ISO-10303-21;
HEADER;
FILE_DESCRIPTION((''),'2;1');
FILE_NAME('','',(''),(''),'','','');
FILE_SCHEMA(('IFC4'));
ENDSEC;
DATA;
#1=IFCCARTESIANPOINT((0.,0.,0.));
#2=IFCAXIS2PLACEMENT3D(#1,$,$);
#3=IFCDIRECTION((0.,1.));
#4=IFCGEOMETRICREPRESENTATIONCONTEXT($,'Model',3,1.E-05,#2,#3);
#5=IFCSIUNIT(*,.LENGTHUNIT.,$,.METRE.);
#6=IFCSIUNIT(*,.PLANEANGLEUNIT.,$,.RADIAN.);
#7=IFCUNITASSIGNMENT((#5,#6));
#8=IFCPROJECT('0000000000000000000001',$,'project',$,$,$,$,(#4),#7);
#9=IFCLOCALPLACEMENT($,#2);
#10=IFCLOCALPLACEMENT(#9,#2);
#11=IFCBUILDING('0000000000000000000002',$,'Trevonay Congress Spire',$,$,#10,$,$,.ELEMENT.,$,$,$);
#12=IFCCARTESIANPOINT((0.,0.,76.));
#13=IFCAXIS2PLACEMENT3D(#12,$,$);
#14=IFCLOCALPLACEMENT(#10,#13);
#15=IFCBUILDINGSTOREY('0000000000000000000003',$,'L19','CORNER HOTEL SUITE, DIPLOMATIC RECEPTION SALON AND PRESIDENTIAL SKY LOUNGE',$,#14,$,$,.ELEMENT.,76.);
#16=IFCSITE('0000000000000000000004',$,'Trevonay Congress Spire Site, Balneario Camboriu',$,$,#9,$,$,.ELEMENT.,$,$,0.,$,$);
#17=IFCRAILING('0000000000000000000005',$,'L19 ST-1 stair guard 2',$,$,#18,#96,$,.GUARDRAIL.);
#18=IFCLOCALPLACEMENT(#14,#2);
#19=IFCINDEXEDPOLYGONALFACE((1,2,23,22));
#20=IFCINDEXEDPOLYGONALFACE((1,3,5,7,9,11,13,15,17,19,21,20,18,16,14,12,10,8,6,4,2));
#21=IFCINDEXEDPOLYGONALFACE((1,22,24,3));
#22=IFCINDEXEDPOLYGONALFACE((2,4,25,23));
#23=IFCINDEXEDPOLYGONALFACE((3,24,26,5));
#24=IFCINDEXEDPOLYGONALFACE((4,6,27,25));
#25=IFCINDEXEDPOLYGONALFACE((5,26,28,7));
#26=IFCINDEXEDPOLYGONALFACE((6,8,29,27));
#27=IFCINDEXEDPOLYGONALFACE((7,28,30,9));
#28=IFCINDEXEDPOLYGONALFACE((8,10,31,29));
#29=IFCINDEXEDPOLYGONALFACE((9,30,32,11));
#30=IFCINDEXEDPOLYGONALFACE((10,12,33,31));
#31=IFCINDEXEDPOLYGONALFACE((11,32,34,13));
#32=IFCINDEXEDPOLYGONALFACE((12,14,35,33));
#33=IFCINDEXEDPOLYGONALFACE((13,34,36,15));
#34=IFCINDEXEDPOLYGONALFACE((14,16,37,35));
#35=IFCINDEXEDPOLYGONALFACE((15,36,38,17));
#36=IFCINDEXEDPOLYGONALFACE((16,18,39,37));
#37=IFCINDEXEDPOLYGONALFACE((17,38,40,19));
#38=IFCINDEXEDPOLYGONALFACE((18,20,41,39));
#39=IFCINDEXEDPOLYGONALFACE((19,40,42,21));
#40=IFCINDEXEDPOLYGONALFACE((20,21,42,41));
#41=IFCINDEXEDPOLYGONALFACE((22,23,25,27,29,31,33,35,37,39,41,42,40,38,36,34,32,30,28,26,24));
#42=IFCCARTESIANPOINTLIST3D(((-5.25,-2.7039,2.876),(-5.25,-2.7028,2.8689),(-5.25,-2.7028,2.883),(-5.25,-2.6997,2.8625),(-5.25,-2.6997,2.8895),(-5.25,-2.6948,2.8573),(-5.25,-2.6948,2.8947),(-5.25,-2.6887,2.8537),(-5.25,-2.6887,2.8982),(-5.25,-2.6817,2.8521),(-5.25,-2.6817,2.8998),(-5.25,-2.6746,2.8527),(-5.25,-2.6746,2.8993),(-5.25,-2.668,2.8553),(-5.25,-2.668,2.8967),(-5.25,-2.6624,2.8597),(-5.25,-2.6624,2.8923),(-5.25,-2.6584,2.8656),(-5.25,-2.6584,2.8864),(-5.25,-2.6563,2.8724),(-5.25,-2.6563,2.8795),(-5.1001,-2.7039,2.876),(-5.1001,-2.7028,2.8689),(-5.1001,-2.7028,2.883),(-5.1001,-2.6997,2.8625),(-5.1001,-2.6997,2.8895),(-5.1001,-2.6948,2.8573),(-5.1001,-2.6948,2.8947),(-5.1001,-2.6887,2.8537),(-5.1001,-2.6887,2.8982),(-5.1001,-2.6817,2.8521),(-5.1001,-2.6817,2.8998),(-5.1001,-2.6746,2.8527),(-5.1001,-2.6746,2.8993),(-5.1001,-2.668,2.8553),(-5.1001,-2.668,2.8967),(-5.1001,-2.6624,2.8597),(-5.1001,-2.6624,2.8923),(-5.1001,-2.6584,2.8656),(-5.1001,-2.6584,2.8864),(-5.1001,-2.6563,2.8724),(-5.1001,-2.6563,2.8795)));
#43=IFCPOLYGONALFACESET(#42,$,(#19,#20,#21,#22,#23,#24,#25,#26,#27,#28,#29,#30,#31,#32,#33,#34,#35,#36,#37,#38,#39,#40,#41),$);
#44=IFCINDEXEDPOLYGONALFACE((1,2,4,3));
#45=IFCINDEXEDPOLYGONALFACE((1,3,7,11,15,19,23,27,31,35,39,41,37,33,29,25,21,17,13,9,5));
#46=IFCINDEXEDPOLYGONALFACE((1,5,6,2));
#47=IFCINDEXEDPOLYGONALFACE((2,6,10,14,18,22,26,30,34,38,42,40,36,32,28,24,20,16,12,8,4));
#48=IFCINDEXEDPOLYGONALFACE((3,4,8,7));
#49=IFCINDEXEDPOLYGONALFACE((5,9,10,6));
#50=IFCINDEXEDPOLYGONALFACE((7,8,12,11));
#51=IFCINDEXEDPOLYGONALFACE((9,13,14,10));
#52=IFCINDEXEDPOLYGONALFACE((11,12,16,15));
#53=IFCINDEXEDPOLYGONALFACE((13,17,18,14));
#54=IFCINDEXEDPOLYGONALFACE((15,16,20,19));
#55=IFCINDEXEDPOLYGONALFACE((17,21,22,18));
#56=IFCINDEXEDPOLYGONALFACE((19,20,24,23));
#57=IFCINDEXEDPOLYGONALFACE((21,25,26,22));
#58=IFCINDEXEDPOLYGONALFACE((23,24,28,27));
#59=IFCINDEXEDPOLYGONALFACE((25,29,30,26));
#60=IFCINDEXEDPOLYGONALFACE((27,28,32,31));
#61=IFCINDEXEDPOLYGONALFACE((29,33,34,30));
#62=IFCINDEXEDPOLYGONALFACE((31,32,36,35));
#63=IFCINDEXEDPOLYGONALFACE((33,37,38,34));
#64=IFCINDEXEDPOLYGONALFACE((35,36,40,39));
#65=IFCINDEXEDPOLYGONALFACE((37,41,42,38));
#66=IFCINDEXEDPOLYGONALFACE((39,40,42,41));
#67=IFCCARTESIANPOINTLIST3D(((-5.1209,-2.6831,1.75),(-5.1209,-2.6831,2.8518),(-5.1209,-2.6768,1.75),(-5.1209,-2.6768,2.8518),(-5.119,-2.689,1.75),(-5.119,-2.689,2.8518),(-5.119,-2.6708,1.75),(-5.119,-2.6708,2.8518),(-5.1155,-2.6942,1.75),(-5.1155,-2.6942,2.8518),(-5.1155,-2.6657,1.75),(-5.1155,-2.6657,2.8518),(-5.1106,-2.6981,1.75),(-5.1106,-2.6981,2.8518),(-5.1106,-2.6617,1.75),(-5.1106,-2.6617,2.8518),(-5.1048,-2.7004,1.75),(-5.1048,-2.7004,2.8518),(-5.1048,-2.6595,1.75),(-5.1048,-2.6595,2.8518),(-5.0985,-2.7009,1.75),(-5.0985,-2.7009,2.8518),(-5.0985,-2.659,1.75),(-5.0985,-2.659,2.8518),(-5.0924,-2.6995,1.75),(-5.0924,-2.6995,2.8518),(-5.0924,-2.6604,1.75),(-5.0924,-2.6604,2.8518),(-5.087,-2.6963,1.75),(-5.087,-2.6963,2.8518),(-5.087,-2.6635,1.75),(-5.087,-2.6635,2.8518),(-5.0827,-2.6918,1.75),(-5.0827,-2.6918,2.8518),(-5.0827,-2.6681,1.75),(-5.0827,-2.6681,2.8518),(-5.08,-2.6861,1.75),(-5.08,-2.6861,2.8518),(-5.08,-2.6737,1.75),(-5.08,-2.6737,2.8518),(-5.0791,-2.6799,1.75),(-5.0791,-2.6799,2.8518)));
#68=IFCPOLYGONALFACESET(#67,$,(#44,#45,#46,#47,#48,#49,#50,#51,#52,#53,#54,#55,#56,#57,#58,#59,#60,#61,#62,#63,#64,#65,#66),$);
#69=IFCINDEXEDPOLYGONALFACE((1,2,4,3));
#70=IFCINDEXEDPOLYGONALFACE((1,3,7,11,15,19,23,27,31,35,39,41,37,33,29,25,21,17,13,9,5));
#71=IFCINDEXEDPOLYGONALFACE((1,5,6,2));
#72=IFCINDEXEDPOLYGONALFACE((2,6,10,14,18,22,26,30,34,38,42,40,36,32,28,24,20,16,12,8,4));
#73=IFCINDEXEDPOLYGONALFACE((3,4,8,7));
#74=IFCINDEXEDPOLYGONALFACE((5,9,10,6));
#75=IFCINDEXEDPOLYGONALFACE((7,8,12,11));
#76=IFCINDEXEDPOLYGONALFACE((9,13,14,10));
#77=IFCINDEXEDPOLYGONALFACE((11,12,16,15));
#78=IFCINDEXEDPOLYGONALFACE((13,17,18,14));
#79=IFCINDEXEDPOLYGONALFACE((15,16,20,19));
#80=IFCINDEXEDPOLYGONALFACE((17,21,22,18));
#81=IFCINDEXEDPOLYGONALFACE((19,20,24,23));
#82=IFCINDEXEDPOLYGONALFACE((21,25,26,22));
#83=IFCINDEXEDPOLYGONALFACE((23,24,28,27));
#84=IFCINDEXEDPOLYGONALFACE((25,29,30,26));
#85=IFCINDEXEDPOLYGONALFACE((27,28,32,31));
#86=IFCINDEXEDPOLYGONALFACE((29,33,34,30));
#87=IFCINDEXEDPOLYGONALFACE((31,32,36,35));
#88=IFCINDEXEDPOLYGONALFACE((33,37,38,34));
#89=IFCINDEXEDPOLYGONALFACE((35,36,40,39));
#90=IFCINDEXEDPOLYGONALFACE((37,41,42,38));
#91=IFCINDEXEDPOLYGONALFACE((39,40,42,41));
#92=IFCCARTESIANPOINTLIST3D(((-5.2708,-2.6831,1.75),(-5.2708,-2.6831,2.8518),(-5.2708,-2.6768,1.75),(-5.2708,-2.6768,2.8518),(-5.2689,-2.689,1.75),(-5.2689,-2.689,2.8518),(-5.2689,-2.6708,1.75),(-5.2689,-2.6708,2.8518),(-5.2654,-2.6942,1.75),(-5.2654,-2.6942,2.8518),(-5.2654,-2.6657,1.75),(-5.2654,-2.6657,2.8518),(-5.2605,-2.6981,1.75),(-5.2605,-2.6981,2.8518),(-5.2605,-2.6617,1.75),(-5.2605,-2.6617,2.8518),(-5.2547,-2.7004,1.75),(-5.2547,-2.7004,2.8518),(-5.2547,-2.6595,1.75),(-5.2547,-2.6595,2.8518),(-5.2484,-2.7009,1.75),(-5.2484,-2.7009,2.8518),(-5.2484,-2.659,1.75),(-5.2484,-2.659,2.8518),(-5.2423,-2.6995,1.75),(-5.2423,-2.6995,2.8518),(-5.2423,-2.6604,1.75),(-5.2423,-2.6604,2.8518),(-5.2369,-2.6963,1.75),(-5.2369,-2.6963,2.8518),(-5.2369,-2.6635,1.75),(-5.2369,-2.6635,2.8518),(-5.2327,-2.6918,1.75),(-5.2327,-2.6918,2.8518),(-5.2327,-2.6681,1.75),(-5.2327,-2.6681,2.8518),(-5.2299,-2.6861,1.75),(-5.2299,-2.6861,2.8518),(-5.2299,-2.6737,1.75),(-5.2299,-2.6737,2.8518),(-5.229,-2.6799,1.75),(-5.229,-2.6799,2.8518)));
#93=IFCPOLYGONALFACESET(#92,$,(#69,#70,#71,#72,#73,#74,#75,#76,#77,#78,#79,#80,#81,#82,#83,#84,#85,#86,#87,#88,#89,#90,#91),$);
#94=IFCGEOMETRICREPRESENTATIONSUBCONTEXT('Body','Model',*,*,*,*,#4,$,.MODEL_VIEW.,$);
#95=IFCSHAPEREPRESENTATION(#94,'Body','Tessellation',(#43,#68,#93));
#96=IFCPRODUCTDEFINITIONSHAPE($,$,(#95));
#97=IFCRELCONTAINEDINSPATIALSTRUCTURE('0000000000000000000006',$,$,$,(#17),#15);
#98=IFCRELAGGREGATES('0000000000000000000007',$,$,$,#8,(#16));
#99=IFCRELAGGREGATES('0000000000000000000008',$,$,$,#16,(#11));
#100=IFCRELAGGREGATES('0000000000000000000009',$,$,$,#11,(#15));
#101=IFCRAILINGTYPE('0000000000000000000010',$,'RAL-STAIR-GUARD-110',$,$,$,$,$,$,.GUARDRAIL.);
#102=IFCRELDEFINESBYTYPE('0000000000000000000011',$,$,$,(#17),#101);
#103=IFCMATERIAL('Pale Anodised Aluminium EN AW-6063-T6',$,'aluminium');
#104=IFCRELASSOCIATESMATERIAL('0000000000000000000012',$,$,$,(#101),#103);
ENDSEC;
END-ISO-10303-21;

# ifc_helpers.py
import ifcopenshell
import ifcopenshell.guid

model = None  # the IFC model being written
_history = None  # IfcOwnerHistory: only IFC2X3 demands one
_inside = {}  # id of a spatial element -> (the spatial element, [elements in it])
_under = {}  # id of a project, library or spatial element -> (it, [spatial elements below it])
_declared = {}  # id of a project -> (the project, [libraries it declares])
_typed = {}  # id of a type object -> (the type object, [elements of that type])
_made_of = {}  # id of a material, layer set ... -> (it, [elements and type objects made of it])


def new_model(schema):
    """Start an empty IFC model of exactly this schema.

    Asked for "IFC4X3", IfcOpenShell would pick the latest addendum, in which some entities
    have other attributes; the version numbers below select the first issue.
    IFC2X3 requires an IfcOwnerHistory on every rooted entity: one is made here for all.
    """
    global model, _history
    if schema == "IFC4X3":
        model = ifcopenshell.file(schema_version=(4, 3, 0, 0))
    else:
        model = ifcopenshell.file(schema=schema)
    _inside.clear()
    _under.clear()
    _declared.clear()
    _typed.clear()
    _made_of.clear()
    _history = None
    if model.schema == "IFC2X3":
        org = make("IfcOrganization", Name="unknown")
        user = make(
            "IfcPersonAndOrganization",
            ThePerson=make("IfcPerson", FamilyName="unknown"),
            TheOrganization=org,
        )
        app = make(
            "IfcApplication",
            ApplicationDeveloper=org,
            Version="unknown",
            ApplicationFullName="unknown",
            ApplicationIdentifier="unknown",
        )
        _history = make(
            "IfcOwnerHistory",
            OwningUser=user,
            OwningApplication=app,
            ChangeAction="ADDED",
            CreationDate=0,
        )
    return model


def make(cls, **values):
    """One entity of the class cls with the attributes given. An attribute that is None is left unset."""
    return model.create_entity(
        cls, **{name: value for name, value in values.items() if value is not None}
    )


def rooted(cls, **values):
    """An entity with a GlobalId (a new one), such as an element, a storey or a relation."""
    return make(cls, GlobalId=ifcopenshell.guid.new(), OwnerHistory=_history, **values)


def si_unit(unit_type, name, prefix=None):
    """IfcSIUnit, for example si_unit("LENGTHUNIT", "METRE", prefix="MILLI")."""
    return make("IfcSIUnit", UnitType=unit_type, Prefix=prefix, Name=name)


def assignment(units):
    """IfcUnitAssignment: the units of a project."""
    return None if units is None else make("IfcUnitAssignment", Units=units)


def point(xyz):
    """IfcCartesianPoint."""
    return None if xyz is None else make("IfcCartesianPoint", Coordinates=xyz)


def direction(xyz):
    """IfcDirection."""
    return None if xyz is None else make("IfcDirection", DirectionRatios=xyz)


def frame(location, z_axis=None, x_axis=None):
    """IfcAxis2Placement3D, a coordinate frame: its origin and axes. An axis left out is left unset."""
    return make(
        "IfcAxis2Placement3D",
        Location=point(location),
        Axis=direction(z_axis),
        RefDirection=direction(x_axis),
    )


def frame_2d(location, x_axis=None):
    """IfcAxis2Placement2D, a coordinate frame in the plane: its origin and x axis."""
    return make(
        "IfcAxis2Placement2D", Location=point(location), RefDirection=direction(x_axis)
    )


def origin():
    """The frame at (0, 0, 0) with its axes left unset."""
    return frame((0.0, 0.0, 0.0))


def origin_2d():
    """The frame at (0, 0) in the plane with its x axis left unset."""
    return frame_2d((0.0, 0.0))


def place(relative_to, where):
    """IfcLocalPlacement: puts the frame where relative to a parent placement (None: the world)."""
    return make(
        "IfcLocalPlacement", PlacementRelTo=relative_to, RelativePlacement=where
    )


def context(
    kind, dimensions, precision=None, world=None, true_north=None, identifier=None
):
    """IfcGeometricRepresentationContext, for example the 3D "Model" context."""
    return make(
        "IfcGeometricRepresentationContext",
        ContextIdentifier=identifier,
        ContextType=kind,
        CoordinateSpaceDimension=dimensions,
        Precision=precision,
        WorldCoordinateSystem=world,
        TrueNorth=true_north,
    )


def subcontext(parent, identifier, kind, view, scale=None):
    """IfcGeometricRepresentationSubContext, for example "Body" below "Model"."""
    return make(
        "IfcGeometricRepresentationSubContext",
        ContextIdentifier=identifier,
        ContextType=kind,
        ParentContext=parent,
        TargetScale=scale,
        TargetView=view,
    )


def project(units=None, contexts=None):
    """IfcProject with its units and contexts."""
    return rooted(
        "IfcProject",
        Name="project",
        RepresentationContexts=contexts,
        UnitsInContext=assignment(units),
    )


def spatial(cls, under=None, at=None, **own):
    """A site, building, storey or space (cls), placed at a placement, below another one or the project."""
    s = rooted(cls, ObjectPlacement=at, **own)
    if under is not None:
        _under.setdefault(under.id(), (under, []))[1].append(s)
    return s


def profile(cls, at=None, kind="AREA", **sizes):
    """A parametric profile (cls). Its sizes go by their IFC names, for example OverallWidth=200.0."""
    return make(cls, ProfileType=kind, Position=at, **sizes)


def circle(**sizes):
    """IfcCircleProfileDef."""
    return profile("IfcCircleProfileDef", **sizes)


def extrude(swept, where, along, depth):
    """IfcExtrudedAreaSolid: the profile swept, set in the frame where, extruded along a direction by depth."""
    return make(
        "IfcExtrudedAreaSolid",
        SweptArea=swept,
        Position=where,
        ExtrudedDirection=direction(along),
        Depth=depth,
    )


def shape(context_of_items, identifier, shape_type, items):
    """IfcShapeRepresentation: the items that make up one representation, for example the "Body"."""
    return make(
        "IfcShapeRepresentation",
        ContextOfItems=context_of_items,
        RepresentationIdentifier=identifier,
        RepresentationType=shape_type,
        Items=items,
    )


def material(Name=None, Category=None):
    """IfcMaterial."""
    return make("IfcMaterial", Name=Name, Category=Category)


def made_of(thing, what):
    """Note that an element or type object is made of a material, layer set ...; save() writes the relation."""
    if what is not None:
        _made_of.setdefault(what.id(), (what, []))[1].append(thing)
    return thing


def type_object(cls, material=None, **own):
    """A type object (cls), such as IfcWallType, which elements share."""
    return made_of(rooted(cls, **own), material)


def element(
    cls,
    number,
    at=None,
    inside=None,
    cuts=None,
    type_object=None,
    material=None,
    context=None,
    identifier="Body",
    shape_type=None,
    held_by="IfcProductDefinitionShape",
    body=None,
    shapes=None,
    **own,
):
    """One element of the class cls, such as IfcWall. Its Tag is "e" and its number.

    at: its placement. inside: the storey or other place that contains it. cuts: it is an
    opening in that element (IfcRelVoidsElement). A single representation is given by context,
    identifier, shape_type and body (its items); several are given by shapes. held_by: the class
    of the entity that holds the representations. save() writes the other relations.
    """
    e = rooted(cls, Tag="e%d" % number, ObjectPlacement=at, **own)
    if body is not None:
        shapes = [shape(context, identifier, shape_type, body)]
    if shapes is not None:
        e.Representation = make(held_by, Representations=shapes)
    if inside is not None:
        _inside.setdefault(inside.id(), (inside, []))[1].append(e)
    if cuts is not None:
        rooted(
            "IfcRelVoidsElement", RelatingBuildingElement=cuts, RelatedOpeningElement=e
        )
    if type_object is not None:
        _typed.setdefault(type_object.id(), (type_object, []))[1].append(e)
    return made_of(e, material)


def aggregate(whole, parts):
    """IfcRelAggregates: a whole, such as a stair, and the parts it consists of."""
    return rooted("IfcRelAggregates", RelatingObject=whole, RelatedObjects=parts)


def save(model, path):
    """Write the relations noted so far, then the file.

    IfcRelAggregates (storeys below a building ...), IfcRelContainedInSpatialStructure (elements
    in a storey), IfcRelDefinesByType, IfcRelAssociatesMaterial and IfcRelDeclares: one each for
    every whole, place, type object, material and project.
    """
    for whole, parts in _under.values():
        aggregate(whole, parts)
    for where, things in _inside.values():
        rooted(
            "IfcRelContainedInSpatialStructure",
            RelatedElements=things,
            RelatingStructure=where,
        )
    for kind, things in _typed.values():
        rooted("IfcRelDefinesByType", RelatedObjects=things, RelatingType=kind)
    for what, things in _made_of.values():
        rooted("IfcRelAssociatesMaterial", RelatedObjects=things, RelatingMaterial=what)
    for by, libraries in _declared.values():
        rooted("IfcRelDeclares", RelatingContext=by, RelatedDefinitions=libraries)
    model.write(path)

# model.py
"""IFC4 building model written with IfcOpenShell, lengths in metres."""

from ifc_helpers import new_model, si_unit, direction, frame, origin, origin_2d, place, context, subcontext, project, spatial, circle, extrude, material, type_object, element, save


model = new_model("IFC4")

# Units and contexts
model_context = context("Model", 3, precision=1e-05, world=origin(), true_north=direction((0.0, 1.0)))
body_context = subcontext(model_context, "Body", "Model", "MODEL_VIEW")
ifc_project = project(units=[si_unit("LENGTHUNIT", "METRE"), si_unit("PLANEANGLEUNIT", "RADIAN")], contexts=[model_context])

# Site, building, storey
site_placement = place(None, origin())
site = spatial("IfcSite", under=ifc_project, at=site_placement, Name="Trevonay Congress Spire Site, Balneario Camboriu", CompositionType="ELEMENT", RefElevation=0.0)
building_placement = place(site_placement, origin())
building = spatial("IfcBuilding", under=site, at=building_placement, Name="Trevonay Congress Spire", CompositionType="ELEMENT")
storey_placement = place(building_placement, frame((0.0, 0.0, 76.0)))
storey = spatial("IfcBuildingStorey", under=building, at=storey_placement, Name="L19", Description="CORNER HOTEL SUITE, DIPLOMATIC RECEPTION SALON AND PRESIDENTIAL SKY LOUNGE", CompositionType="ELEMENT", Elevation=76.0)

# Shared definitions
ifc_material_1 = material(Name="Pale Anodised Aluminium EN AW-6063-T6", Category="aluminium")

# Railing
railing_type_1 = type_object("IfcRailingType", Name="RAL-STAIR-GUARD-110", PredefinedType="GUARDRAIL", material=ifc_material_1)
railing_1_placement = place(storey_placement, frame((-5.1001, -2.6799, 1.75)))
element("IfcRailing", 1, at=railing_1_placement, inside=storey, type_object=railing_type_1, Name="L19 ST-1 stair guard 2", PredefinedType="GUARDRAIL", context=body_context, shape_type="SweptSolid", body=[
    extrude(circle(Radius=0.0239, at=origin_2d()), frame((0.0, 0.0, 1.126), z_axis=(-1.0, 0.0, 0.0), x_axis=(0.0, -1.0, 0.0)), (0.0, 0.0, 1.0), 0.1499),
    extrude(circle(Radius=0.021, at=origin_2d()), origin(), (0.0, 0.0, 1.0), 1.1018),
    extrude(circle(Radius=0.021, at=origin_2d()), frame((-0.1499, 0.0, 0.0)), (0.0, 0.0, 1.0), 1.1018),
])

save(model, "model.ifc")
